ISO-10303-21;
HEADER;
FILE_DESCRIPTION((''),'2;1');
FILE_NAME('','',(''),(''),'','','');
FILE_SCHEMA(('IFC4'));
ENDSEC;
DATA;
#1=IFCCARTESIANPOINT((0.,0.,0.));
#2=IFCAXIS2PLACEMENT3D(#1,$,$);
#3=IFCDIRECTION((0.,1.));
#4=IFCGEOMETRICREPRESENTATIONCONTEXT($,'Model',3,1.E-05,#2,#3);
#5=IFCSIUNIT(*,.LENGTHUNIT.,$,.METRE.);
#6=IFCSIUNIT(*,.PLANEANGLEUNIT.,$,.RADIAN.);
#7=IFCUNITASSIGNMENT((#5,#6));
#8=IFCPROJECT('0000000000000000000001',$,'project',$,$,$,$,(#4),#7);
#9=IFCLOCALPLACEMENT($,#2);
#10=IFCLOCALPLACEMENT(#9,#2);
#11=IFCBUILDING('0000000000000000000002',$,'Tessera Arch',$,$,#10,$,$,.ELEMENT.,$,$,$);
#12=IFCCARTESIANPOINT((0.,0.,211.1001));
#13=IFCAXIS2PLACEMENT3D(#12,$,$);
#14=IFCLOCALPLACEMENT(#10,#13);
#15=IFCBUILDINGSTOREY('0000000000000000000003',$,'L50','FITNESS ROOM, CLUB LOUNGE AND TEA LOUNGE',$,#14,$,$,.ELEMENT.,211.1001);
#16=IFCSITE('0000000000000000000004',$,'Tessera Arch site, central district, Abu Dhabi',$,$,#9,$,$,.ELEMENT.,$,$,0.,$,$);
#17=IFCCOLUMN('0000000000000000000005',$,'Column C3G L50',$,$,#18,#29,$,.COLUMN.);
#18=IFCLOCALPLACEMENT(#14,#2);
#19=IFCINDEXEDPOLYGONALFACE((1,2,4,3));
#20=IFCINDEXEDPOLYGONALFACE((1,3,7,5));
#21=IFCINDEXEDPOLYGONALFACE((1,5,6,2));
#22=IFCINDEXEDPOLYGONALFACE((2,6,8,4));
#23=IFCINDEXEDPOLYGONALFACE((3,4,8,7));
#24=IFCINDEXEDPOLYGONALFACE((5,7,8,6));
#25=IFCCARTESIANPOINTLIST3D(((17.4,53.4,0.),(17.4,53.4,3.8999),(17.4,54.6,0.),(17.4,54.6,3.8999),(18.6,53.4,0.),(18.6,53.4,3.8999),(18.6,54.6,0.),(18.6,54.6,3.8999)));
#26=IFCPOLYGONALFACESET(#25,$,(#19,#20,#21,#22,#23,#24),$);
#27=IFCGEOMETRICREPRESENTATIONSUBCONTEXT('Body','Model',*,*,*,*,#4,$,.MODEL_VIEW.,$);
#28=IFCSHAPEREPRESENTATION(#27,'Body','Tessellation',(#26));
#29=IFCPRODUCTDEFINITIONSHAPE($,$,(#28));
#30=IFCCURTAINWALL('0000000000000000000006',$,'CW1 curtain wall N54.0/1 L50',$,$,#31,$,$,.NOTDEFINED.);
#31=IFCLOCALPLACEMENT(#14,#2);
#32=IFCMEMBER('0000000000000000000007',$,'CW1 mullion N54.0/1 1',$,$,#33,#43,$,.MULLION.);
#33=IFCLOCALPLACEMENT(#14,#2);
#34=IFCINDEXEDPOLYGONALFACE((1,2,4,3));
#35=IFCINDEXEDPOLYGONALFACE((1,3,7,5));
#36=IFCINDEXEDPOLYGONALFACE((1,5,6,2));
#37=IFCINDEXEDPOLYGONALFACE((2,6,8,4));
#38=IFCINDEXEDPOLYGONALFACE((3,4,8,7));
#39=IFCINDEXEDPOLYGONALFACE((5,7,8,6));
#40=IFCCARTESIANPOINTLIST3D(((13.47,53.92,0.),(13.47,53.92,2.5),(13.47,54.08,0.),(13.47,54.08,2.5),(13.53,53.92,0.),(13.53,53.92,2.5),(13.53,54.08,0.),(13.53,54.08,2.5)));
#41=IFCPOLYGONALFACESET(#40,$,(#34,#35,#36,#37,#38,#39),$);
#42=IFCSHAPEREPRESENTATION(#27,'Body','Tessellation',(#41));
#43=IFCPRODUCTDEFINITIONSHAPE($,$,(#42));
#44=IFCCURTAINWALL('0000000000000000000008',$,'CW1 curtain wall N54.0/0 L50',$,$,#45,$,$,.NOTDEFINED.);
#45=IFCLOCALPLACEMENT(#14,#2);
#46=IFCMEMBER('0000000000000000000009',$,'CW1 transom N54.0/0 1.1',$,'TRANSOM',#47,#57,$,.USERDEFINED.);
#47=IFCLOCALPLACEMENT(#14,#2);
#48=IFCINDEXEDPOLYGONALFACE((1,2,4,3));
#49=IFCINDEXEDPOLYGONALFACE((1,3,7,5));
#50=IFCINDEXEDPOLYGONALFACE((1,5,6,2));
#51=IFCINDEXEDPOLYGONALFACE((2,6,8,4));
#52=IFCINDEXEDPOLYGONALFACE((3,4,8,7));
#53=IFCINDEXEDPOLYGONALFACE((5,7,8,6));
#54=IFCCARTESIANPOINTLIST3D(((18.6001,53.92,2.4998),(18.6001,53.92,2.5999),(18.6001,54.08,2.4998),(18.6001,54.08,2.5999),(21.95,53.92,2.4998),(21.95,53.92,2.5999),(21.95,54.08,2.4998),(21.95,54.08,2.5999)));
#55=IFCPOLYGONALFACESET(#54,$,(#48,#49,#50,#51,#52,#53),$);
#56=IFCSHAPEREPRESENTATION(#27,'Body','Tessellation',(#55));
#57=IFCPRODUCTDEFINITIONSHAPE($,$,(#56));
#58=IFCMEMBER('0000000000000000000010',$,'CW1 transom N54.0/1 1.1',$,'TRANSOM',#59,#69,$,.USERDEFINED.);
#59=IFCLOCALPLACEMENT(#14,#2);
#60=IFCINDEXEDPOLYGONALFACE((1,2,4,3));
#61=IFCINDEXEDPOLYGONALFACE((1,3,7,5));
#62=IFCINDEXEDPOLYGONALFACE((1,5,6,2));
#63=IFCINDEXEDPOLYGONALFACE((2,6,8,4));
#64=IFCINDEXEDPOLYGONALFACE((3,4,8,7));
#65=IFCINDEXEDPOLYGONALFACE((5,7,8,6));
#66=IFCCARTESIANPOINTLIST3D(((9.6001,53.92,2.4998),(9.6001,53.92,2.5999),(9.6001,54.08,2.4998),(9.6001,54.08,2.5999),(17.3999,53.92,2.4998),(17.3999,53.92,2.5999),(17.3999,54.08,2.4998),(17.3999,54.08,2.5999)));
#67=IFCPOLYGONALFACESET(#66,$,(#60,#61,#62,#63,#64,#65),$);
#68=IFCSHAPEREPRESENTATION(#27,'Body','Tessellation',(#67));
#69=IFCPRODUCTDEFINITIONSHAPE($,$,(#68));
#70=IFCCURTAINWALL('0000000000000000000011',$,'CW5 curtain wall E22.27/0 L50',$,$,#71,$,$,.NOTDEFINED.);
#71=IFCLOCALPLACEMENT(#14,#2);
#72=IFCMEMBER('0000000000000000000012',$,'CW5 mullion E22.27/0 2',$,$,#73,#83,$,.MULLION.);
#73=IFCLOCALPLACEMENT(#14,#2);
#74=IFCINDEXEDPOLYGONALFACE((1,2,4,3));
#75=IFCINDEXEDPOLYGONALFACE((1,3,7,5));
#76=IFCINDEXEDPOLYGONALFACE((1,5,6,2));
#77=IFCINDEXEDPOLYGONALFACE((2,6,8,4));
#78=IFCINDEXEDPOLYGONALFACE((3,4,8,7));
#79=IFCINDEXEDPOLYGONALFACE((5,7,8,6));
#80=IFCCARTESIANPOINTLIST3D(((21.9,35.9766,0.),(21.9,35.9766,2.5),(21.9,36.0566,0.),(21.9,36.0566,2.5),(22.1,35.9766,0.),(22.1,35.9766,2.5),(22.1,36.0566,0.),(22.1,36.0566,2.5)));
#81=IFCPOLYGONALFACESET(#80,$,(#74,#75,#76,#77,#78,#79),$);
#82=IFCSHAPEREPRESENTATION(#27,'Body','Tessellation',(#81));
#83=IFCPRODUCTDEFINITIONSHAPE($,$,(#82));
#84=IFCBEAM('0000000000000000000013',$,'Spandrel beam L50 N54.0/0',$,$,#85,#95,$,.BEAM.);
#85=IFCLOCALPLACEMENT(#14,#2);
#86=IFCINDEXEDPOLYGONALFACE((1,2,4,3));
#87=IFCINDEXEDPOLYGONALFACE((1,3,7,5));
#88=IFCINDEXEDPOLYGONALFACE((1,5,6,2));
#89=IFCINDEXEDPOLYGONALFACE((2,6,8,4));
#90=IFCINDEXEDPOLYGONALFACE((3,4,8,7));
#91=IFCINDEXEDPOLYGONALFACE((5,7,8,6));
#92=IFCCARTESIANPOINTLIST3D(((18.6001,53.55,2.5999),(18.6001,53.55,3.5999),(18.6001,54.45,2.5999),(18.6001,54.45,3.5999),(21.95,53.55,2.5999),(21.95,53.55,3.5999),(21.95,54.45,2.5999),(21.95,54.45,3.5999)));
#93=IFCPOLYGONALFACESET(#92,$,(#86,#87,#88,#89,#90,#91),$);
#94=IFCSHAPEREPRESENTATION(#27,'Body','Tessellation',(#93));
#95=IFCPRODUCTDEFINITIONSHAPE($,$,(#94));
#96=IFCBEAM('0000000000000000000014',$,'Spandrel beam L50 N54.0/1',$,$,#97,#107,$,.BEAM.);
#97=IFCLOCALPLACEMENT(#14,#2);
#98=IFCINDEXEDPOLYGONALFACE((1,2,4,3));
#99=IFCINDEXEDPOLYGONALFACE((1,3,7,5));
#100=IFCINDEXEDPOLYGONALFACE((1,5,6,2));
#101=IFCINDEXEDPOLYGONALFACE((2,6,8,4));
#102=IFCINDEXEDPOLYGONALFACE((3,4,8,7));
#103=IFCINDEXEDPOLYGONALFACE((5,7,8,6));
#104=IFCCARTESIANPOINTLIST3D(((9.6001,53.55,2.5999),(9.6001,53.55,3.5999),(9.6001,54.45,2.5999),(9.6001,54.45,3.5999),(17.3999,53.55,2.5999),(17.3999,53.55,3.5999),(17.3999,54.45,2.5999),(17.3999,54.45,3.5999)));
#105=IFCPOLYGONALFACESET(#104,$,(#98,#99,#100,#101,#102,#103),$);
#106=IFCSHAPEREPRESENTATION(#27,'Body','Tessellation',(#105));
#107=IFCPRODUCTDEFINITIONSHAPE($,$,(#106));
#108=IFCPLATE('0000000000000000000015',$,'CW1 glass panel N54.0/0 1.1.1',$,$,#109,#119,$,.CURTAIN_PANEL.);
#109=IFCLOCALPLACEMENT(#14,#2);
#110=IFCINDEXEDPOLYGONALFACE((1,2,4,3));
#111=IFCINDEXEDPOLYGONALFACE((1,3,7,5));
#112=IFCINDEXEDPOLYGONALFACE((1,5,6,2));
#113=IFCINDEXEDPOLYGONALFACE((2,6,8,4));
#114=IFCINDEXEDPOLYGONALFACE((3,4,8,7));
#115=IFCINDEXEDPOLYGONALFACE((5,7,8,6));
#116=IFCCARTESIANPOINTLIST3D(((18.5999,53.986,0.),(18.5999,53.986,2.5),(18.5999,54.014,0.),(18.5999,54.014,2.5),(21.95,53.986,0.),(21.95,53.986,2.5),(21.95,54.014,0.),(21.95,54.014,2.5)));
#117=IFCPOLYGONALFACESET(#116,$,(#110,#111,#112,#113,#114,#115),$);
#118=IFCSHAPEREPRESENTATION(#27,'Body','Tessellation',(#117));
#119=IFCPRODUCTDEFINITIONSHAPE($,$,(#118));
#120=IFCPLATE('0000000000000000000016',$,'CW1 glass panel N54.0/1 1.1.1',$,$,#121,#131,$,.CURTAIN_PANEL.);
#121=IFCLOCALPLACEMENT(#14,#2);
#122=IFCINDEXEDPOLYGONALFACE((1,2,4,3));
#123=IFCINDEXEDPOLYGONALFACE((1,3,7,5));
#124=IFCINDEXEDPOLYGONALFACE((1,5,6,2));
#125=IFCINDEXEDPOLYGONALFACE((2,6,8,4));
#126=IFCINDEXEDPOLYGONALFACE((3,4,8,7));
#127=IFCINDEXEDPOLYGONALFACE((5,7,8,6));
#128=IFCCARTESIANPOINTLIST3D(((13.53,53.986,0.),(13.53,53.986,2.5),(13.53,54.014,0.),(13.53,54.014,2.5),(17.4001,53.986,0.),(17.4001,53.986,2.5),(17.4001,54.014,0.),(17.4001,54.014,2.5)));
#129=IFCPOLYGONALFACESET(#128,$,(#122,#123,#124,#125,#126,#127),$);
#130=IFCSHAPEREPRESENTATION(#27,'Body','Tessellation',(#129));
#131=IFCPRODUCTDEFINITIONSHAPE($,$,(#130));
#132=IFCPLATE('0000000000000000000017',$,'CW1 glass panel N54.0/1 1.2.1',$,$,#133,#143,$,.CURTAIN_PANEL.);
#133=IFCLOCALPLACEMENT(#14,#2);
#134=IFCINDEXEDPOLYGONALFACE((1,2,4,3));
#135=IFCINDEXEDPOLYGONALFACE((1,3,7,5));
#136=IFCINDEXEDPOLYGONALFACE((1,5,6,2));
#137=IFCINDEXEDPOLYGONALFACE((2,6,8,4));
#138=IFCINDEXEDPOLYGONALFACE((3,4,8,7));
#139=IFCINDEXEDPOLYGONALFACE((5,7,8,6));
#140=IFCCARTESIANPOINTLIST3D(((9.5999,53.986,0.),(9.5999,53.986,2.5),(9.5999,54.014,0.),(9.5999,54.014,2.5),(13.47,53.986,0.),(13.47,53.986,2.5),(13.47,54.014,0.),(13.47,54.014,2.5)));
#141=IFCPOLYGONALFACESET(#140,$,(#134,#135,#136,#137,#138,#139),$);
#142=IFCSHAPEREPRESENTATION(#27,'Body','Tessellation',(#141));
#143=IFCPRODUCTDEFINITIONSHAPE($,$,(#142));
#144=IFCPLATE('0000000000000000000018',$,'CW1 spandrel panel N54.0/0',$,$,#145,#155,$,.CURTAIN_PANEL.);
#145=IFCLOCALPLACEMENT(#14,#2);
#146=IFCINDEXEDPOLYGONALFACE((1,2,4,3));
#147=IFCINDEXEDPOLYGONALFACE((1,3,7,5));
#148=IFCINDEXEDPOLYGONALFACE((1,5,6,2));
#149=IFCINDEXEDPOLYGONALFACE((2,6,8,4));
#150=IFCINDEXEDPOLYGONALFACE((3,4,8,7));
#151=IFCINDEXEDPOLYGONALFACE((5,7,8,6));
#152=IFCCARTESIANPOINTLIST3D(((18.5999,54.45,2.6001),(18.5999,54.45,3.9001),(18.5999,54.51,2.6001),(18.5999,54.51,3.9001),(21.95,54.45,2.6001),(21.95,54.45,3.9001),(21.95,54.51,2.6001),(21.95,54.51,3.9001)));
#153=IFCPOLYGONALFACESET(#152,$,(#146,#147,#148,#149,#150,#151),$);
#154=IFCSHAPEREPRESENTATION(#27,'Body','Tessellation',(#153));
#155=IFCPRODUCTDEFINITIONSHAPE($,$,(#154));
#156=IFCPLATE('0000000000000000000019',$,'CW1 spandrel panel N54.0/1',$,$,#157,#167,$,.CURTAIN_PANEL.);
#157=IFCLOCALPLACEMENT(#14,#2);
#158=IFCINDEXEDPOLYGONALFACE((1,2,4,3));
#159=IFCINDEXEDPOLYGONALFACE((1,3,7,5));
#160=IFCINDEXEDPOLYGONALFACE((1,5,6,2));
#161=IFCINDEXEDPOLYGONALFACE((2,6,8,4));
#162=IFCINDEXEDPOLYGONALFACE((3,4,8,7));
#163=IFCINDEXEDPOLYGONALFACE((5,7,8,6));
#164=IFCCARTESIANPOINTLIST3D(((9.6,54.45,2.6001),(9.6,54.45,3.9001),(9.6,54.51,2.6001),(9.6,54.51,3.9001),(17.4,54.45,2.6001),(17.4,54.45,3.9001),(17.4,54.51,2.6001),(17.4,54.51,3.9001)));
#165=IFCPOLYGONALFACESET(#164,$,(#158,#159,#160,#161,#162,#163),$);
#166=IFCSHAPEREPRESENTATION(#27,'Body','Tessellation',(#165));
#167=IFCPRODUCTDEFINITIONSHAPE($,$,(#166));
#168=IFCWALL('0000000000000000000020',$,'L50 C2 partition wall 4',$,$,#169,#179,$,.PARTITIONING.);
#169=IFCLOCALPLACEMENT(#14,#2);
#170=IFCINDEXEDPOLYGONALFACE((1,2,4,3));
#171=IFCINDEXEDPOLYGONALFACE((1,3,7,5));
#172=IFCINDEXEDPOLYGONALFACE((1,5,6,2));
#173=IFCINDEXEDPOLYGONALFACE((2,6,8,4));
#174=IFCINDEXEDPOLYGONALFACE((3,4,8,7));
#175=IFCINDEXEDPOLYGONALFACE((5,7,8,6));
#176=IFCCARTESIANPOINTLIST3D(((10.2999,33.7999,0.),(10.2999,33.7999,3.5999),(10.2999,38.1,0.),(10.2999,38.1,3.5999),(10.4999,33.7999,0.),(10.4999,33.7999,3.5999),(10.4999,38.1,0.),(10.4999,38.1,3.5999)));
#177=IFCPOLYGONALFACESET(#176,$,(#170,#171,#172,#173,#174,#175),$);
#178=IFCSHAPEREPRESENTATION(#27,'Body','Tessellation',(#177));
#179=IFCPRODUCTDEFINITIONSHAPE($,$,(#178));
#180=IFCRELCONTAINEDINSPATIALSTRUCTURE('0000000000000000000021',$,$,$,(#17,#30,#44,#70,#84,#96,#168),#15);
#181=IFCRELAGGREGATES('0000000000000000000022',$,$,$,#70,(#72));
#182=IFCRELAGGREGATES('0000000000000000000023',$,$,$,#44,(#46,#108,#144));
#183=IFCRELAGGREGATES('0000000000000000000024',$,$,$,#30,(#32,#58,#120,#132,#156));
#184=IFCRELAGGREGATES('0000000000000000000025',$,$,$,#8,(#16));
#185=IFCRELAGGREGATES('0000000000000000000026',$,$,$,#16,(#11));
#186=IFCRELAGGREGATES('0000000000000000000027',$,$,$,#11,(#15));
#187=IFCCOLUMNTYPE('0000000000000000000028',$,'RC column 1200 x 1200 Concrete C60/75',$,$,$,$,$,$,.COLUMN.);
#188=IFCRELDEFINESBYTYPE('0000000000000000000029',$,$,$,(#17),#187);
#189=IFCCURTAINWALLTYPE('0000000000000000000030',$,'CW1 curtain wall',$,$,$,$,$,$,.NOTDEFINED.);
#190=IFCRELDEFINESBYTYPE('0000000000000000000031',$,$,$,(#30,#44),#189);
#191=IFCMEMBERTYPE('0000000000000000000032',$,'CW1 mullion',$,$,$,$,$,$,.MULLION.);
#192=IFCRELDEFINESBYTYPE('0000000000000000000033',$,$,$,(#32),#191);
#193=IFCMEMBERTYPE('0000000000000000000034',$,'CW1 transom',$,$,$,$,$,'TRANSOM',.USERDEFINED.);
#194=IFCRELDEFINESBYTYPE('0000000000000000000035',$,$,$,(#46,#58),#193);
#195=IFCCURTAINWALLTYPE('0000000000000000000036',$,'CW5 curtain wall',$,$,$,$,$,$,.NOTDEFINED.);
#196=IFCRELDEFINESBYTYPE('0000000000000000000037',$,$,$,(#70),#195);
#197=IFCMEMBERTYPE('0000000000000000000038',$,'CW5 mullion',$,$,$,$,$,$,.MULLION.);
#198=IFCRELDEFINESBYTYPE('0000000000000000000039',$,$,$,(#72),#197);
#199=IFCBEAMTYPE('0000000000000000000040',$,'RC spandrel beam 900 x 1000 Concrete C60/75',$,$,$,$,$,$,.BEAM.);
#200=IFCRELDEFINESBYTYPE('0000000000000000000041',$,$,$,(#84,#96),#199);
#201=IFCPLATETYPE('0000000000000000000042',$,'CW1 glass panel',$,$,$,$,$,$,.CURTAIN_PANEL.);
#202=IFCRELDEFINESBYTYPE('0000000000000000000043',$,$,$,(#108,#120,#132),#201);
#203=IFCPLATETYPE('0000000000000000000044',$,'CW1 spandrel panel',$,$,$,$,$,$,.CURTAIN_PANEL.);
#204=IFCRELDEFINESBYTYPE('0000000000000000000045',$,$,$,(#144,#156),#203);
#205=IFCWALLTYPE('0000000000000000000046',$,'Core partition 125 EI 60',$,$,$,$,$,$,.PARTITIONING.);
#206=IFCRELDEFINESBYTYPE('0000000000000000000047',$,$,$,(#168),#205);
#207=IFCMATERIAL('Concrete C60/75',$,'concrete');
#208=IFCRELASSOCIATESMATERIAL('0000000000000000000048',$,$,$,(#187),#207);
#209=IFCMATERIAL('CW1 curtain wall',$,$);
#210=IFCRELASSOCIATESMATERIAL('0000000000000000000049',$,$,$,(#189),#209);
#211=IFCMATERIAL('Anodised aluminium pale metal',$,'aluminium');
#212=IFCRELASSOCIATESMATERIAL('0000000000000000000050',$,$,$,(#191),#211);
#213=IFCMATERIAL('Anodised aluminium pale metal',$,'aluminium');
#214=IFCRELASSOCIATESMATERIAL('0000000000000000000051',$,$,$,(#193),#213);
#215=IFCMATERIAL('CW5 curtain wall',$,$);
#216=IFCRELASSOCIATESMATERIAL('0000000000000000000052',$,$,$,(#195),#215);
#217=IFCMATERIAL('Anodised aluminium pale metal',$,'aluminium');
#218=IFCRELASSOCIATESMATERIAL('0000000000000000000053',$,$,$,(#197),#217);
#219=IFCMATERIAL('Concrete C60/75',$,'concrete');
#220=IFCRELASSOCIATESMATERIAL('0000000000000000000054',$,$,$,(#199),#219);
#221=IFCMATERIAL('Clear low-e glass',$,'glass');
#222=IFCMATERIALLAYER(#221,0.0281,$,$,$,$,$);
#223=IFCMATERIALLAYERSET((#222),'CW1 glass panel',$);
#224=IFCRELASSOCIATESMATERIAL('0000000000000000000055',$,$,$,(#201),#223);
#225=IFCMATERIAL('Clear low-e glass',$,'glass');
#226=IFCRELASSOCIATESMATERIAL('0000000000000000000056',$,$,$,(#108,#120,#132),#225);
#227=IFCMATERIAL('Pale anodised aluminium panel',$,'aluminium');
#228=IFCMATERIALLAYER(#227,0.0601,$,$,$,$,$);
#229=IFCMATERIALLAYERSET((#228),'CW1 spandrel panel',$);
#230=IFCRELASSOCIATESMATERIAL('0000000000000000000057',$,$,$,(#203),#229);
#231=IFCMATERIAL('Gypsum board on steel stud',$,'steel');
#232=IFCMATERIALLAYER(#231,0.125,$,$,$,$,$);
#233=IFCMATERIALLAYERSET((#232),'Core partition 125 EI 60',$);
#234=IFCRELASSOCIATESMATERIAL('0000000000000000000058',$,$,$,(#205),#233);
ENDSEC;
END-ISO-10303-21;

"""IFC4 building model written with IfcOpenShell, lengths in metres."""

from ifc_helpers import new_model, si_unit, direction, frame, frame_2d, origin, origin_2d, place, context, subcontext, project, spatial, rectangle, extrude, material, layer, layer_set, material_profile, profile_set, type_object, element, aggregate, save


model = new_model("IFC4")

# Units and contexts
model_context = context("Model", 3, precision=1e-05, world=origin(), true_north=direction((0.0, 1.0)))
body_context = subcontext(model_context, "Body", "Model", "MODEL_VIEW")
ifc_project = project(units=[si_unit("LENGTHUNIT", "METRE"), si_unit("PLANEANGLEUNIT", "RADIAN")], contexts=[model_context])

# Site, building, storey
site_placement = place(None, origin())
site = spatial("IfcSite", under=ifc_project, at=site_placement, Name="Tessera Arch site, central district, Abu Dhabi", CompositionType="ELEMENT", RefElevation=0.0)
building_placement = place(site_placement, origin())
building = spatial("IfcBuilding", under=site, at=building_placement, Name="Tessera Arch", CompositionType="ELEMENT")
storey_placement = place(building_placement, frame((0.0, 0.0, 211.1001)))
storey = spatial("IfcBuildingStorey", under=building, at=storey_placement, Name="L50", Description="FITNESS ROOM, CLUB LOUNGE AND TEA LOUNGE", CompositionType="ELEMENT", Elevation=211.1001)

# Column
ifc_material_1 = material(Name="Concrete C60/75", Category="concrete")
ifc_material_profile_1 = material_profile(ifc_material_1, rectangle(XDim=1.2, YDim=1.2, at=origin_2d()), Name="RC column 1200 x 1200 Concrete C60/75")
ifc_profile_set_1 = profile_set([ifc_material_profile_1], Name="Concrete C60/75")
column_type = type_object("IfcColumnType", Name="RC column 1200 x 1200 Concrete C60/75", PredefinedType="COLUMN", material=ifc_profile_set_1)
column_placement = place(storey_placement, frame((18.0, 54.0, 0.0), z_axis=(0.0, 0.0, 1.0), x_axis=(1.0, 0.0, 0.0)))
element("IfcColumn", 1, at=column_placement, inside=storey, type_object=column_type, Name="Column C3G L50", PredefinedType="COLUMN", context=body_context, shape_type="SweptSolid", body=[
    extrude(rectangle(XDim=1.2, YDim=1.2, at=origin_2d()), origin(), (0.0, 0.0, 1.0), 3.8999),
])

# Curtain walls, members
ifc_material_2 = material(Name="CW1 curtain wall")
curtain_wall_type_1 = type_object("IfcCurtainWallType", Name="CW1 curtain wall", PredefinedType="NOTDEFINED", material=ifc_material_2)
curtain_wall_1_placement = place(storey_placement, origin())
curtain_wall_1 = element("IfcCurtainWall", 2, at=curtain_wall_1_placement, inside=storey, type_object=curtain_wall_type_1, Name="CW1 curtain wall N54.0/1 L50", PredefinedType="NOTDEFINED")
ifc_material_3 = material(Name="Anodised aluminium pale metal", Category="aluminium")
ifc_material_profile_2 = material_profile(ifc_material_3, rectangle(XDim=0.1599, YDim=0.0601, at=origin_2d()), Name="AL 60x160")
ifc_profile_set_2 = profile_set([ifc_material_profile_2], Name="Anodised aluminium pale metal")
member_type_1 = type_object("IfcMemberType", Name="CW1 mullion", PredefinedType="MULLION", material=ifc_profile_set_2)
member_1_placement = place(storey_placement, frame((13.5, 54.0, 0.0), z_axis=(0.0, 0.0, 1.0), x_axis=(0.0, -1.0, 0.0)))
member_1 = element("IfcMember", 3, at=member_1_placement, type_object=member_type_1, Name="CW1 mullion N54.0/1 1", PredefinedType="MULLION", context=body_context, shape_type="SweptSolid", body=[
    extrude(rectangle(XDim=0.1599, YDim=0.0601, at=origin_2d()), origin(), (0.0, 0.0, 1.0), 2.5),
])
curtain_wall_2_placement = place(storey_placement, origin())
curtain_wall_2 = element("IfcCurtainWall", 4, at=curtain_wall_2_placement, inside=storey, type_object=curtain_wall_type_1, Name="CW1 curtain wall N54.0/0 L50", PredefinedType="NOTDEFINED")
ifc_material_4 = material(Name="Anodised aluminium pale metal", Category="aluminium")
ifc_material_profile_3 = material_profile(ifc_material_4, rectangle(XDim=0.1599, YDim=0.1001, at=origin_2d()), Name="AL 160x100")
ifc_profile_set_3 = profile_set([ifc_material_profile_3], Name="Anodised aluminium pale metal")
member_type_2 = type_object("IfcMemberType", Name="CW1 transom", ElementType="TRANSOM", PredefinedType="USERDEFINED", material=ifc_profile_set_3)
member_2_placement = place(storey_placement, frame((21.95, 54.0, 2.5498), z_axis=(-1.0, 0.0, 0.0), x_axis=(0.0, -1.0, 0.0)))
member_2 = element("IfcMember", 5, at=member_2_placement, type_object=member_type_2, Name="CW1 transom N54.0/0 1.1", ObjectType="TRANSOM", PredefinedType="USERDEFINED", context=body_context, shape_type="SweptSolid", body=[
    extrude(rectangle(XDim=0.1599, YDim=0.1001, at=origin_2d()), origin(), (0.0, 0.0, 1.0), 3.3499),
])

# Member
member_3_placement = place(storey_placement, frame((17.3999, 54.0, 2.5498), z_axis=(-1.0, 0.0, 0.0), x_axis=(0.0, -1.0, 0.0)))
member_3 = element("IfcMember", 6, at=member_3_placement, type_object=member_type_2, Name="CW1 transom N54.0/1 1.1", ObjectType="TRANSOM", PredefinedType="USERDEFINED", context=body_context, shape_type="SweptSolid", body=[
    extrude(rectangle(XDim=0.1599, YDim=0.1001, at=origin_2d()), origin(), (0.0, 0.0, 1.0), 7.7998),
])

# Curtain wall, member
ifc_material_5 = material(Name="CW5 curtain wall")
curtain_wall_type_2 = type_object("IfcCurtainWallType", Name="CW5 curtain wall", PredefinedType="NOTDEFINED", material=ifc_material_5)
curtain_wall_3_placement = place(storey_placement, origin())
curtain_wall_3 = element("IfcCurtainWall", 7, at=curtain_wall_3_placement, inside=storey, type_object=curtain_wall_type_2, Name="CW5 curtain wall E22.27/0 L50", PredefinedType="NOTDEFINED")
ifc_material_6 = material(Name="Anodised aluminium pale metal", Category="aluminium")
ifc_material_profile_4 = material_profile(ifc_material_6, rectangle(XDim=0.2, YDim=0.0801, at=origin_2d()), Name="AL 80x200")
ifc_profile_set_4 = profile_set([ifc_material_profile_4], Name="Anodised aluminium pale metal")
member_type_3 = type_object("IfcMemberType", Name="CW5 mullion", PredefinedType="MULLION", material=ifc_profile_set_4)
member_4_placement = place(storey_placement, frame((22.0, 36.0166, 0.0), z_axis=(0.0, 0.0, 1.0), x_axis=(-1.0, 0.0, 0.0)))
member_4 = element("IfcMember", 8, at=member_4_placement, type_object=member_type_3, Name="CW5 mullion E22.27/0 2", PredefinedType="MULLION", context=body_context, shape_type="SweptSolid", body=[
    extrude(rectangle(XDim=0.2, YDim=0.0801, at=origin_2d()), origin(), (0.0, 0.0, 1.0), 2.5),
])
aggregate(curtain_wall_3, [member_4])

# Beams
ifc_material_7 = material(Name="Concrete C60/75", Category="concrete")
ifc_material_profile_5 = material_profile(ifc_material_7, rectangle(XDim=0.8999, YDim=1.0, at=origin_2d()), Name="RC spandrel beam 900 x 1000 Concrete C60/75")
ifc_profile_set_5 = profile_set([ifc_material_profile_5], Name="Concrete C60/75")
beam_type = type_object("IfcBeamType", Name="RC spandrel beam 900 x 1000 Concrete C60/75", PredefinedType="BEAM", material=ifc_profile_set_5)
beam_1_placement = place(storey_placement, frame((21.95, 54.0, 3.0999), z_axis=(-1.0, 0.0, 0.0), x_axis=(0.0, -1.0, 0.0)))
element("IfcBeam", 9, at=beam_1_placement, inside=storey, type_object=beam_type, Name="Spandrel beam L50 N54.0/0", PredefinedType="BEAM", context=body_context, shape_type="SweptSolid", body=[
    extrude(rectangle(XDim=0.8999, YDim=1.0, at=origin_2d()), origin(), (0.0, 0.0, 1.0), 3.3499),
])
beam_2_placement = place(storey_placement, frame((17.3999, 54.0, 3.0999), z_axis=(-1.0, 0.0, 0.0), x_axis=(0.0, -1.0, 0.0)))
element("IfcBeam", 10, at=beam_2_placement, inside=storey, type_object=beam_type, Name="Spandrel beam L50 N54.0/1", PredefinedType="BEAM", context=body_context, shape_type="SweptSolid", body=[
    extrude(rectangle(XDim=0.8999, YDim=1.0, at=origin_2d()), origin(), (0.0, 0.0, 1.0), 7.7998),
])

# Plates
ifc_material_8 = material(Name="Clear low-e glass", Category="glass")
ifc_material_9 = material(Name="Clear low-e glass", Category="glass")
ifc_layer_1 = layer(ifc_material_9, 0.0281)
ifc_layer_set_1 = layer_set([ifc_layer_1], Name="CW1 glass panel")
plate_type_1 = type_object("IfcPlateType", Name="CW1 glass panel", PredefinedType="CURTAIN_PANEL", material=ifc_layer_set_1)
plate_1_placement = place(storey_placement, frame((20.2749, 54.0, 0.0), z_axis=(0.0, 0.0, 1.0), x_axis=(-1.0, 0.0, 0.0)))
plate_1 = element("IfcPlate", 11, at=plate_1_placement, type_object=plate_type_1, material=ifc_material_8, Name="CW1 glass panel N54.0/0 1.1.1", PredefinedType="CURTAIN_PANEL", context=body_context, shape_type="SweptSolid", body=[
    extrude(rectangle(XDim=3.3501, YDim=0.0281, at=origin_2d()), origin(), (0.0, 0.0, 1.0), 2.5),
])
plate_2_placement = place(storey_placement, frame((15.4651, 54.0, 0.0), z_axis=(0.0, 0.0, 1.0), x_axis=(-1.0, 0.0, 0.0)))
plate_2 = element("IfcPlate", 12, at=plate_2_placement, type_object=plate_type_1, material=ifc_material_8, Name="CW1 glass panel N54.0/1 1.1.1", PredefinedType="CURTAIN_PANEL", context=body_context, shape_type="SweptSolid", body=[
    extrude(rectangle(XDim=3.8701, YDim=0.0281, at=origin_2d()), origin(), (0.0, 0.0, 1.0), 2.5),
])
plate_3_placement = place(storey_placement, frame((11.5349, 54.0, 0.0), z_axis=(0.0, 0.0, 1.0), x_axis=(-1.0, 0.0, 0.0)))
plate_3 = element("IfcPlate", 13, at=plate_3_placement, type_object=plate_type_1, material=ifc_material_8, Name="CW1 glass panel N54.0/1 1.2.1", PredefinedType="CURTAIN_PANEL", context=body_context, shape_type="SweptSolid", body=[
    extrude(rectangle(XDim=3.8701, YDim=0.0281, at=origin_2d()), origin(), (0.0, 0.0, 1.0), 2.5),
])
ifc_material_10 = material(Name="Pale anodised aluminium panel", Category="aluminium")
ifc_layer_2 = layer(ifc_material_10, 0.0601)
ifc_layer_set_2 = layer_set([ifc_layer_2], Name="CW1 spandrel panel")
plate_type_2 = type_object("IfcPlateType", Name="CW1 spandrel panel", PredefinedType="CURTAIN_PANEL", material=ifc_layer_set_2)
plate_4_placement = place(storey_placement, frame((20.2749, 54.48, 2.6001), z_axis=(0.0, 0.0, 1.0), x_axis=(-1.0, 0.0, 0.0)))
plate_4 = element("IfcPlate", 14, at=plate_4_placement, type_object=plate_type_2, Name="CW1 spandrel panel N54.0/0", PredefinedType="CURTAIN_PANEL", context=body_context, shape_type="SweptSolid", body=[
    extrude(rectangle(XDim=3.3501, YDim=0.0601, at=origin_2d()), origin(), (0.0, 0.0, 1.0), 1.3),
])
aggregate(curtain_wall_2, [member_2, plate_1, plate_4])
plate_5_placement = place(storey_placement, frame((13.5, 54.48, 2.6001), z_axis=(0.0, 0.0, 1.0), x_axis=(-1.0, 0.0, 0.0)))
plate_5 = element("IfcPlate", 15, at=plate_5_placement, type_object=plate_type_2, Name="CW1 spandrel panel N54.0/1", PredefinedType="CURTAIN_PANEL", context=body_context, shape_type="SweptSolid", body=[
    extrude(rectangle(XDim=7.8, YDim=0.0601, at=origin_2d()), origin(), (0.0, 0.0, 1.0), 1.3),
])
aggregate(curtain_wall_1, [member_1, member_3, plate_2, plate_3, plate_5])

# Wall
ifc_material_11 = material(Name="Gypsum board on steel stud", Category="steel")
ifc_layer_3 = layer(ifc_material_11, 0.125)
ifc_layer_set_3 = layer_set([ifc_layer_3], Name="Core partition 125 EI 60")
wall_type_1 = type_object("IfcWallType", Name="Core partition 125 EI 60", PredefinedType="PARTITIONING", material=ifc_layer_set_3)
wall_1_placement = place(storey_placement, frame((10.3999, 33.8, 0.0), z_axis=(0.0, 0.0, 1.0), x_axis=(0.0, 1.0, 0.0)))
element("IfcWall", 16, at=wall_1_placement, inside=storey, type_object=wall_type_1, Name="L50 C2 partition wall 4", PredefinedType="PARTITIONING", context=body_context, shape_type="SweptSolid", body=[
    extrude(rectangle(XDim=4.3, YDim=0.2, at=frame_2d((2.1499, 0.0))), origin(), (0.0, 0.0, 1.0), 3.5999),
])

save(model, "model.ifc")
